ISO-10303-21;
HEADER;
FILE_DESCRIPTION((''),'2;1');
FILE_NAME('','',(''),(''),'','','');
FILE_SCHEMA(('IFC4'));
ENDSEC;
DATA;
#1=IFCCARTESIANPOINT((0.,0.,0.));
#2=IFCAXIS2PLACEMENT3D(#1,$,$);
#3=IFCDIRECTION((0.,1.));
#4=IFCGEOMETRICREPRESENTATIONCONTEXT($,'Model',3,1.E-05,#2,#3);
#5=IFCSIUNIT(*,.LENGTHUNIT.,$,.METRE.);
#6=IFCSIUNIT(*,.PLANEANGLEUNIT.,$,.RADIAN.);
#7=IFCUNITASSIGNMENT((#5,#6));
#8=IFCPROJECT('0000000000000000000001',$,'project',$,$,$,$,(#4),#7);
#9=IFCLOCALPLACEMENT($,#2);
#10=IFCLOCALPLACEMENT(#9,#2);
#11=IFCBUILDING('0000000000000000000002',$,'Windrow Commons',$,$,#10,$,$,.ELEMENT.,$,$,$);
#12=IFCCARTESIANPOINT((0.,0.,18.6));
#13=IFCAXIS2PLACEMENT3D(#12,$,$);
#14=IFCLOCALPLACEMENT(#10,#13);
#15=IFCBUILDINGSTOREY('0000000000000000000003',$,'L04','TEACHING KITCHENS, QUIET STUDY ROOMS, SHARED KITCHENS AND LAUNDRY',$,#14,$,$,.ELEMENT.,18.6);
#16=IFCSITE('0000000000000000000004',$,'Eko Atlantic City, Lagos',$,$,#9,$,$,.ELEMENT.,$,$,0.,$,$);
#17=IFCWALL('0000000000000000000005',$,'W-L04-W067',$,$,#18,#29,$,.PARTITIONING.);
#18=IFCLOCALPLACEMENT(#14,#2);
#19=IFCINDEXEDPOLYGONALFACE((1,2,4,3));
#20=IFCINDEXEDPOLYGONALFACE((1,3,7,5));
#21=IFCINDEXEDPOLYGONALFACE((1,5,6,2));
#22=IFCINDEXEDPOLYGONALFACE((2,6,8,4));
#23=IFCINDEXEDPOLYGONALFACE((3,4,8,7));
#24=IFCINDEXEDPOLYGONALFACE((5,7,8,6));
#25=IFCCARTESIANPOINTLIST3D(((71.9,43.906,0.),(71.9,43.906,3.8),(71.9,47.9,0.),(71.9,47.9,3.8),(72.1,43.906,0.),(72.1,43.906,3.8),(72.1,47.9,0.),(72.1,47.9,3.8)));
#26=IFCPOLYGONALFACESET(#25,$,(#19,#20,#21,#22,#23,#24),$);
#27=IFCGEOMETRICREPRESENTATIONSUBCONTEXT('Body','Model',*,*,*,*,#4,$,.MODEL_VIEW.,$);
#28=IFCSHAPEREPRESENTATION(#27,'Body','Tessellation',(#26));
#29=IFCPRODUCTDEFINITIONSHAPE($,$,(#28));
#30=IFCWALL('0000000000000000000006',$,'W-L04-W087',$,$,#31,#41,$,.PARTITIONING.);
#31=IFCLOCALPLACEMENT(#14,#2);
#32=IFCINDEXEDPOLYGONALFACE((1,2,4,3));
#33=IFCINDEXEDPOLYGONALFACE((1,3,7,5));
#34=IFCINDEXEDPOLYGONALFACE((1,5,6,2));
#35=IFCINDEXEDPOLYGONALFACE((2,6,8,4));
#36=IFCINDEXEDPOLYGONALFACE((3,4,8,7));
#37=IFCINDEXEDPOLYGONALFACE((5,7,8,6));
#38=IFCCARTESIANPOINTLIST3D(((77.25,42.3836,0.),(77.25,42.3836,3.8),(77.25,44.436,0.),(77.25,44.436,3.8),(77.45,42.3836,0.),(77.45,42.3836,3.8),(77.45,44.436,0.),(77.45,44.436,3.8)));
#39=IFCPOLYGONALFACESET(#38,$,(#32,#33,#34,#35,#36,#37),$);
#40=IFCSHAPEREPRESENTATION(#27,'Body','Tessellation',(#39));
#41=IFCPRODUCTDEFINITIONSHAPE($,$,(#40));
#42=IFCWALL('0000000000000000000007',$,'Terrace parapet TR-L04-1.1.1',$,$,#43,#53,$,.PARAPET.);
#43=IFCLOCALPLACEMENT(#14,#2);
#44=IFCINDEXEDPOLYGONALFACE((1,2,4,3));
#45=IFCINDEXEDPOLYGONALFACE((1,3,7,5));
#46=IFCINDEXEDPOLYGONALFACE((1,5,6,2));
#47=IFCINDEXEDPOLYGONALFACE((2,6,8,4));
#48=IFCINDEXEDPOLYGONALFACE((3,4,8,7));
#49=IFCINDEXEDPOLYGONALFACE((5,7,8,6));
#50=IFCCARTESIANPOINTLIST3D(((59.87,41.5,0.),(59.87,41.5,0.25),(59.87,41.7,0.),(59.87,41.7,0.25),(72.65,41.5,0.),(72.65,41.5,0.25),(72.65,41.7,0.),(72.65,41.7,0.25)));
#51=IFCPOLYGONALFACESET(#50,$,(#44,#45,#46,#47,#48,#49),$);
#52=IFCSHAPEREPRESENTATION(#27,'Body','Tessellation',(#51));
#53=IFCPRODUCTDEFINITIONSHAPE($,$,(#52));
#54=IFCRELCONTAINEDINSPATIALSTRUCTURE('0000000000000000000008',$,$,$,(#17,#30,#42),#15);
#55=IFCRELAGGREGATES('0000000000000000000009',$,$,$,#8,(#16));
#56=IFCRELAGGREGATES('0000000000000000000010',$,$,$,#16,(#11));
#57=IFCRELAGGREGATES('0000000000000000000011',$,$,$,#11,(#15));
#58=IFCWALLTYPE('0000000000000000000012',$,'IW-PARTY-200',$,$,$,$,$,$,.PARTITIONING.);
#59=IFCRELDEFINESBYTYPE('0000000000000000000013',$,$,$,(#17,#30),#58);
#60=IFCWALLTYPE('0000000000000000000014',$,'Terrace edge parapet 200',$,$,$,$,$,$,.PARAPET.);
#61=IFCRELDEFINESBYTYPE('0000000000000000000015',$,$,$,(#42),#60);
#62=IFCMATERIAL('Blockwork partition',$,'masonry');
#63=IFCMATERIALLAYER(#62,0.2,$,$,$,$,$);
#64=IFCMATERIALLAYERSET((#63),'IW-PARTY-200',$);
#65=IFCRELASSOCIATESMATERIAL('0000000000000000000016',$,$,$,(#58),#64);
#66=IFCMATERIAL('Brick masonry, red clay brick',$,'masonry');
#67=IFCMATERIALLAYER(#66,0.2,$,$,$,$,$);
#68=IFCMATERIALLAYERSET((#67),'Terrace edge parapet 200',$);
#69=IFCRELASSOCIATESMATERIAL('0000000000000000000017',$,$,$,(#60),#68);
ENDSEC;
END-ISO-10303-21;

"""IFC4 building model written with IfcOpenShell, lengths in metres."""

from ifc_helpers import new_model, si_unit, direction, frame, frame_2d, origin, place, context, subcontext, project, spatial, polyline, rectangle, outline, extrude, material, layer, layer_set, type_object, element, save


model = new_model("IFC4")

# Units and contexts
model_context = context("Model", 3, precision=1e-05, world=origin(), true_north=direction((0.0, 1.0)))
body_context = subcontext(model_context, "Body", "Model", "MODEL_VIEW")
ifc_project = project(units=[si_unit("LENGTHUNIT", "METRE"), si_unit("PLANEANGLEUNIT", "RADIAN")], contexts=[model_context])

# Site, building, storey
site_placement = place(None, origin())
site = spatial("IfcSite", under=ifc_project, at=site_placement, Name="Eko Atlantic City, Lagos", CompositionType="ELEMENT", RefElevation=0.0)
building_placement = place(site_placement, origin())
building = spatial("IfcBuilding", under=site, at=building_placement, Name="Windrow Commons", CompositionType="ELEMENT")
storey_placement = place(building_placement, frame((0.0, 0.0, 18.6)))
storey = spatial("IfcBuildingStorey", under=building, at=storey_placement, Name="L04", Description="TEACHING KITCHENS, QUIET STUDY ROOMS, SHARED KITCHENS AND LAUNDRY", CompositionType="ELEMENT", Elevation=18.6)

# Walls
ifc_material_1 = material(Name="Blockwork partition", Category="masonry")
ifc_layer_1 = layer(ifc_material_1, 0.2)
ifc_layer_set_1 = layer_set([ifc_layer_1], Name="IW-PARTY-200")
wall_type_1 = type_object("IfcWallType", Name="IW-PARTY-200", PredefinedType="PARTITIONING", material=ifc_layer_set_1)
wall_1_placement = place(storey_placement, frame((72.0, 43.906, 0.0), z_axis=(0.0, 0.0, 1.0), x_axis=(0.0, 1.0, 0.0)))
element("IfcWall", 1, at=wall_1_placement, inside=storey, type_object=wall_type_1, Name="W-L04-W067", PredefinedType="PARTITIONING", context=body_context, shape_type="SweptSolid", body=[
    extrude(rectangle(XDim=3.994, YDim=0.2, at=frame_2d((1.997, 0.0))), origin(), (0.0, 0.0, 1.0), 3.8),
])
wall_2_placement = place(storey_placement, frame((77.35, 42.3837, 0.0), z_axis=(0.0, 0.0, 1.0), x_axis=(0.0, 1.0, 0.0)))
element("IfcWall", 2, at=wall_2_placement, inside=storey, type_object=wall_type_1, Name="W-L04-W087", PredefinedType="PARTITIONING", context=body_context, shape_type="SweptSolid", body=[
    extrude(rectangle(XDim=2.0523, YDim=0.2, at=frame_2d((1.0261, 0.0))), origin(), (0.0, 0.0, 1.0), 3.8),
])
ifc_material_2 = material(Name="Brick masonry, red clay brick", Category="masonry")
ifc_layer_2 = layer(ifc_material_2, 0.2)
ifc_layer_set_2 = layer_set([ifc_layer_2], Name="Terrace edge parapet 200")
wall_type_2 = type_object("IfcWallType", Name="Terrace edge parapet 200", PredefinedType="PARAPET", material=ifc_layer_set_2)
wall_3_placement = place(storey_placement, frame((72.65, 41.6, 0.0), z_axis=(0.0, 0.0, 1.0), x_axis=(-1.0, 0.0, 0.0)))
element("IfcWall", 3, at=wall_3_placement, inside=storey, type_object=wall_type_2, Name="Terrace parapet TR-L04-1.1.1", PredefinedType="PARAPET", context=body_context, shape_type="SweptSolid", body=[
    extrude(outline(polyline([(0.0, -0.1), (12.78, -0.1), (12.78, 0.1), (0.0, 0.1), (0.0, -0.1)])), origin(), (0.0, 0.0, 1.0), 0.25),
])

save(model, "model.ifc")
